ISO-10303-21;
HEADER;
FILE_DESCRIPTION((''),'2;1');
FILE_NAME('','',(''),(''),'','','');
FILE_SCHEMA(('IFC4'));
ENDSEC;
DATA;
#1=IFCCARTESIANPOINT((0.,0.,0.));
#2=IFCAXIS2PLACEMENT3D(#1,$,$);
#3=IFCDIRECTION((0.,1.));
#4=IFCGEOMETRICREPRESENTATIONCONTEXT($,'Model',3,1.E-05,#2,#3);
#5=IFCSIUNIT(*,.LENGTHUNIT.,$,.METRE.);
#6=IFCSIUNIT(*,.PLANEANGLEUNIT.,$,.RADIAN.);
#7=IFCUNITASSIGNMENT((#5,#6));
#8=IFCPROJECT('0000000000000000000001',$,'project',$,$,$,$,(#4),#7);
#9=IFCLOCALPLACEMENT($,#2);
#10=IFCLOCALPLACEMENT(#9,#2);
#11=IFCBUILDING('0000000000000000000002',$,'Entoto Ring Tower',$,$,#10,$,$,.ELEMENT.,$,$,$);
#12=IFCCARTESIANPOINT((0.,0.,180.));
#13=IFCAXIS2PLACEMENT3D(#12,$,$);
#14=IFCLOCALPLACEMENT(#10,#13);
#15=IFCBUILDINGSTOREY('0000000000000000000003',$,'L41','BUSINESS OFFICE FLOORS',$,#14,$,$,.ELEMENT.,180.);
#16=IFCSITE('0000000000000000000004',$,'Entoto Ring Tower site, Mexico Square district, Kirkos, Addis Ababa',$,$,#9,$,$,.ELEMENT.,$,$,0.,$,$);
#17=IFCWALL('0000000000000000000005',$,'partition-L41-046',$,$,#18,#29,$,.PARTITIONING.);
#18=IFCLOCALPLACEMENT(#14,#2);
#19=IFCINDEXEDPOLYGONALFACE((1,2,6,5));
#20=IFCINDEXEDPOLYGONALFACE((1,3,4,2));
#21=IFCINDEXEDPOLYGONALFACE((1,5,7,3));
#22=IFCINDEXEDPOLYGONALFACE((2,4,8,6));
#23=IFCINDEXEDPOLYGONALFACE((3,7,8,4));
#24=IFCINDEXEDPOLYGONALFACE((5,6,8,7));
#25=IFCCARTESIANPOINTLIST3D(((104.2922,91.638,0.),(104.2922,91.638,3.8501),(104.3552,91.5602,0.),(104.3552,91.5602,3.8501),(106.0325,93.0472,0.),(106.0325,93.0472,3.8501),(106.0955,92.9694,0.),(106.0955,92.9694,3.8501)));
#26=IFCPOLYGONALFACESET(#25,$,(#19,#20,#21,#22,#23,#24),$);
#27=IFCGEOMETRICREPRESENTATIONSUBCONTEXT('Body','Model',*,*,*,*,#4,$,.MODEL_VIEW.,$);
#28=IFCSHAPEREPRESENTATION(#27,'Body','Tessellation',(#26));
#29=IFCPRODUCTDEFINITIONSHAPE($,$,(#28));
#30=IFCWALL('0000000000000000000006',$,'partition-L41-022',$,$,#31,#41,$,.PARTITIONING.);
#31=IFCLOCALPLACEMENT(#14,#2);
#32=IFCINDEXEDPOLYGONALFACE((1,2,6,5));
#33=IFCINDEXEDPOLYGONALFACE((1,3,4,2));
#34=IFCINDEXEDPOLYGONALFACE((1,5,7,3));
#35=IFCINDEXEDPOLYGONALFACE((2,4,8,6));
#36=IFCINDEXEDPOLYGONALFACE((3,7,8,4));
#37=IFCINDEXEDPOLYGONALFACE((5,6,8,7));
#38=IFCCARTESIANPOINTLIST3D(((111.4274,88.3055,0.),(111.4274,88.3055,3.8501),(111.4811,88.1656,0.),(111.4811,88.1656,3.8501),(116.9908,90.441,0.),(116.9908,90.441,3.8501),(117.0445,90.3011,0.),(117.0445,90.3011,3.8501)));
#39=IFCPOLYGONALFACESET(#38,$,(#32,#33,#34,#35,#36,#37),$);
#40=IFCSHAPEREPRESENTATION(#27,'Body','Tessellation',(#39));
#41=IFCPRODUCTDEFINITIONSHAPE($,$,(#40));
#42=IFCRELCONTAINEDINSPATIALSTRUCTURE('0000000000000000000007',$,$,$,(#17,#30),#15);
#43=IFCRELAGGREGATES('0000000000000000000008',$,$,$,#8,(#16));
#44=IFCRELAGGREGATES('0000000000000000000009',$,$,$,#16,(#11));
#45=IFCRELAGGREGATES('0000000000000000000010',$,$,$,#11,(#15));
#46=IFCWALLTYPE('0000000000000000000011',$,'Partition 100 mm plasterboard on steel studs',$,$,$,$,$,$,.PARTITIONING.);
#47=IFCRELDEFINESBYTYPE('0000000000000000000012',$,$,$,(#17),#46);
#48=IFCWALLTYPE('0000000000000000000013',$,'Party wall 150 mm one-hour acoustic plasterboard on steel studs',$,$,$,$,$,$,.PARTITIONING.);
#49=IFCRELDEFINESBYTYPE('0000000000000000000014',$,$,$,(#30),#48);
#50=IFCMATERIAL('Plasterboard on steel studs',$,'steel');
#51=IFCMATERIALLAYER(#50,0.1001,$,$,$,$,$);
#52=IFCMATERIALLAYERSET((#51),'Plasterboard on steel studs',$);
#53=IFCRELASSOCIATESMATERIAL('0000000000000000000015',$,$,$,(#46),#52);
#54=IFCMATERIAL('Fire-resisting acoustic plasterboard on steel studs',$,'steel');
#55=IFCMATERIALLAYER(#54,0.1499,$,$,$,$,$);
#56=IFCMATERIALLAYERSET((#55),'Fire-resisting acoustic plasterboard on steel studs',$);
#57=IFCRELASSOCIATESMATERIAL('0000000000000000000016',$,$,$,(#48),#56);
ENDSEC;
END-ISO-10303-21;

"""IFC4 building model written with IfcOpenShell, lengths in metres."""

from ifc_helpers import new_model, si_unit, direction, frame, frame_2d, origin, place, context, subcontext, project, spatial, rectangle, extrude, material, layer, layer_set, type_object, element, save


model = new_model("IFC4")

# Units and contexts
model_context = context("Model", 3, precision=1e-05, world=origin(), true_north=direction((0.0, 1.0)))
body_context = subcontext(model_context, "Body", "Model", "MODEL_VIEW")
ifc_project = project(units=[si_unit("LENGTHUNIT", "METRE"), si_unit("PLANEANGLEUNIT", "RADIAN")], contexts=[model_context])

# Site, building, storey
site_placement = place(None, origin())
site = spatial("IfcSite", under=ifc_project, at=site_placement, Name="Entoto Ring Tower site, Mexico Square district, Kirkos, Addis Ababa", CompositionType="ELEMENT", RefElevation=0.0)
building_placement = place(site_placement, origin())
building = spatial("IfcBuilding", under=site, at=building_placement, Name="Entoto Ring Tower", CompositionType="ELEMENT")
storey_placement = place(building_placement, frame((0.0, 0.0, 180.0)))
storey = spatial("IfcBuildingStorey", under=building, at=storey_placement, Name="L41", Description="BUSINESS OFFICE FLOORS", CompositionType="ELEMENT", Elevation=180.0)

# Shared definitions
ifc_material_1 = material(Name="Plasterboard on steel studs", Category="steel")
ifc_layer_1 = layer(ifc_material_1, 0.1001)
ifc_layer_set_1 = layer_set([ifc_layer_1], Name="Plasterboard on steel studs")
wall_type_1 = type_object("IfcWallType", Name="Partition 100 mm plasterboard on steel studs", PredefinedType="PARTITIONING", material=ifc_layer_set_1)

# Walls
wall_1_placement = place(storey_placement, frame((104.3237, 91.5991, 0.0), z_axis=(0.0, 0.0, 1.0), x_axis=(0.777153, 0.629311, 0.0)))
element("IfcWall", 1, at=wall_1_placement, inside=storey, type_object=wall_type_1, Name="partition-L41-046", PredefinedType="PARTITIONING", context=body_context, shape_type="SweptSolid", body=[
    extrude(rectangle(XDim=2.2393, YDim=0.1001, at=frame_2d((1.1196, 0.0))), origin(), (0.0, 0.0, 1.0), 3.8501),
])
ifc_material_2 = material(Name="Fire-resisting acoustic plasterboard on steel studs", Category="steel")
ifc_layer_2 = layer(ifc_material_2, 0.1499)
ifc_layer_set_2 = layer_set([ifc_layer_2], Name="Fire-resisting acoustic plasterboard on steel studs")
wall_type_2 = type_object("IfcWallType", Name="Party wall 150 mm one-hour acoustic plasterboard on steel studs", PredefinedType="PARTITIONING", material=ifc_layer_set_2)
wall_2_placement = place(storey_placement, frame((111.4543, 88.2356, 0.0), z_axis=(0.0, 0.0, 1.0), x_axis=(0.933587, 0.35835, 0.0)))
element("IfcWall", 2, at=wall_2_placement, inside=storey, type_object=wall_type_2, Name="partition-L41-022", PredefinedType="PARTITIONING", context=body_context, shape_type="SweptSolid", body=[
    extrude(rectangle(XDim=5.9592, YDim=0.1499, at=frame_2d((2.9795, 0.0))), origin(), (0.0, 0.0, 1.0), 3.8501),
])

save(model, "model.ifc")
